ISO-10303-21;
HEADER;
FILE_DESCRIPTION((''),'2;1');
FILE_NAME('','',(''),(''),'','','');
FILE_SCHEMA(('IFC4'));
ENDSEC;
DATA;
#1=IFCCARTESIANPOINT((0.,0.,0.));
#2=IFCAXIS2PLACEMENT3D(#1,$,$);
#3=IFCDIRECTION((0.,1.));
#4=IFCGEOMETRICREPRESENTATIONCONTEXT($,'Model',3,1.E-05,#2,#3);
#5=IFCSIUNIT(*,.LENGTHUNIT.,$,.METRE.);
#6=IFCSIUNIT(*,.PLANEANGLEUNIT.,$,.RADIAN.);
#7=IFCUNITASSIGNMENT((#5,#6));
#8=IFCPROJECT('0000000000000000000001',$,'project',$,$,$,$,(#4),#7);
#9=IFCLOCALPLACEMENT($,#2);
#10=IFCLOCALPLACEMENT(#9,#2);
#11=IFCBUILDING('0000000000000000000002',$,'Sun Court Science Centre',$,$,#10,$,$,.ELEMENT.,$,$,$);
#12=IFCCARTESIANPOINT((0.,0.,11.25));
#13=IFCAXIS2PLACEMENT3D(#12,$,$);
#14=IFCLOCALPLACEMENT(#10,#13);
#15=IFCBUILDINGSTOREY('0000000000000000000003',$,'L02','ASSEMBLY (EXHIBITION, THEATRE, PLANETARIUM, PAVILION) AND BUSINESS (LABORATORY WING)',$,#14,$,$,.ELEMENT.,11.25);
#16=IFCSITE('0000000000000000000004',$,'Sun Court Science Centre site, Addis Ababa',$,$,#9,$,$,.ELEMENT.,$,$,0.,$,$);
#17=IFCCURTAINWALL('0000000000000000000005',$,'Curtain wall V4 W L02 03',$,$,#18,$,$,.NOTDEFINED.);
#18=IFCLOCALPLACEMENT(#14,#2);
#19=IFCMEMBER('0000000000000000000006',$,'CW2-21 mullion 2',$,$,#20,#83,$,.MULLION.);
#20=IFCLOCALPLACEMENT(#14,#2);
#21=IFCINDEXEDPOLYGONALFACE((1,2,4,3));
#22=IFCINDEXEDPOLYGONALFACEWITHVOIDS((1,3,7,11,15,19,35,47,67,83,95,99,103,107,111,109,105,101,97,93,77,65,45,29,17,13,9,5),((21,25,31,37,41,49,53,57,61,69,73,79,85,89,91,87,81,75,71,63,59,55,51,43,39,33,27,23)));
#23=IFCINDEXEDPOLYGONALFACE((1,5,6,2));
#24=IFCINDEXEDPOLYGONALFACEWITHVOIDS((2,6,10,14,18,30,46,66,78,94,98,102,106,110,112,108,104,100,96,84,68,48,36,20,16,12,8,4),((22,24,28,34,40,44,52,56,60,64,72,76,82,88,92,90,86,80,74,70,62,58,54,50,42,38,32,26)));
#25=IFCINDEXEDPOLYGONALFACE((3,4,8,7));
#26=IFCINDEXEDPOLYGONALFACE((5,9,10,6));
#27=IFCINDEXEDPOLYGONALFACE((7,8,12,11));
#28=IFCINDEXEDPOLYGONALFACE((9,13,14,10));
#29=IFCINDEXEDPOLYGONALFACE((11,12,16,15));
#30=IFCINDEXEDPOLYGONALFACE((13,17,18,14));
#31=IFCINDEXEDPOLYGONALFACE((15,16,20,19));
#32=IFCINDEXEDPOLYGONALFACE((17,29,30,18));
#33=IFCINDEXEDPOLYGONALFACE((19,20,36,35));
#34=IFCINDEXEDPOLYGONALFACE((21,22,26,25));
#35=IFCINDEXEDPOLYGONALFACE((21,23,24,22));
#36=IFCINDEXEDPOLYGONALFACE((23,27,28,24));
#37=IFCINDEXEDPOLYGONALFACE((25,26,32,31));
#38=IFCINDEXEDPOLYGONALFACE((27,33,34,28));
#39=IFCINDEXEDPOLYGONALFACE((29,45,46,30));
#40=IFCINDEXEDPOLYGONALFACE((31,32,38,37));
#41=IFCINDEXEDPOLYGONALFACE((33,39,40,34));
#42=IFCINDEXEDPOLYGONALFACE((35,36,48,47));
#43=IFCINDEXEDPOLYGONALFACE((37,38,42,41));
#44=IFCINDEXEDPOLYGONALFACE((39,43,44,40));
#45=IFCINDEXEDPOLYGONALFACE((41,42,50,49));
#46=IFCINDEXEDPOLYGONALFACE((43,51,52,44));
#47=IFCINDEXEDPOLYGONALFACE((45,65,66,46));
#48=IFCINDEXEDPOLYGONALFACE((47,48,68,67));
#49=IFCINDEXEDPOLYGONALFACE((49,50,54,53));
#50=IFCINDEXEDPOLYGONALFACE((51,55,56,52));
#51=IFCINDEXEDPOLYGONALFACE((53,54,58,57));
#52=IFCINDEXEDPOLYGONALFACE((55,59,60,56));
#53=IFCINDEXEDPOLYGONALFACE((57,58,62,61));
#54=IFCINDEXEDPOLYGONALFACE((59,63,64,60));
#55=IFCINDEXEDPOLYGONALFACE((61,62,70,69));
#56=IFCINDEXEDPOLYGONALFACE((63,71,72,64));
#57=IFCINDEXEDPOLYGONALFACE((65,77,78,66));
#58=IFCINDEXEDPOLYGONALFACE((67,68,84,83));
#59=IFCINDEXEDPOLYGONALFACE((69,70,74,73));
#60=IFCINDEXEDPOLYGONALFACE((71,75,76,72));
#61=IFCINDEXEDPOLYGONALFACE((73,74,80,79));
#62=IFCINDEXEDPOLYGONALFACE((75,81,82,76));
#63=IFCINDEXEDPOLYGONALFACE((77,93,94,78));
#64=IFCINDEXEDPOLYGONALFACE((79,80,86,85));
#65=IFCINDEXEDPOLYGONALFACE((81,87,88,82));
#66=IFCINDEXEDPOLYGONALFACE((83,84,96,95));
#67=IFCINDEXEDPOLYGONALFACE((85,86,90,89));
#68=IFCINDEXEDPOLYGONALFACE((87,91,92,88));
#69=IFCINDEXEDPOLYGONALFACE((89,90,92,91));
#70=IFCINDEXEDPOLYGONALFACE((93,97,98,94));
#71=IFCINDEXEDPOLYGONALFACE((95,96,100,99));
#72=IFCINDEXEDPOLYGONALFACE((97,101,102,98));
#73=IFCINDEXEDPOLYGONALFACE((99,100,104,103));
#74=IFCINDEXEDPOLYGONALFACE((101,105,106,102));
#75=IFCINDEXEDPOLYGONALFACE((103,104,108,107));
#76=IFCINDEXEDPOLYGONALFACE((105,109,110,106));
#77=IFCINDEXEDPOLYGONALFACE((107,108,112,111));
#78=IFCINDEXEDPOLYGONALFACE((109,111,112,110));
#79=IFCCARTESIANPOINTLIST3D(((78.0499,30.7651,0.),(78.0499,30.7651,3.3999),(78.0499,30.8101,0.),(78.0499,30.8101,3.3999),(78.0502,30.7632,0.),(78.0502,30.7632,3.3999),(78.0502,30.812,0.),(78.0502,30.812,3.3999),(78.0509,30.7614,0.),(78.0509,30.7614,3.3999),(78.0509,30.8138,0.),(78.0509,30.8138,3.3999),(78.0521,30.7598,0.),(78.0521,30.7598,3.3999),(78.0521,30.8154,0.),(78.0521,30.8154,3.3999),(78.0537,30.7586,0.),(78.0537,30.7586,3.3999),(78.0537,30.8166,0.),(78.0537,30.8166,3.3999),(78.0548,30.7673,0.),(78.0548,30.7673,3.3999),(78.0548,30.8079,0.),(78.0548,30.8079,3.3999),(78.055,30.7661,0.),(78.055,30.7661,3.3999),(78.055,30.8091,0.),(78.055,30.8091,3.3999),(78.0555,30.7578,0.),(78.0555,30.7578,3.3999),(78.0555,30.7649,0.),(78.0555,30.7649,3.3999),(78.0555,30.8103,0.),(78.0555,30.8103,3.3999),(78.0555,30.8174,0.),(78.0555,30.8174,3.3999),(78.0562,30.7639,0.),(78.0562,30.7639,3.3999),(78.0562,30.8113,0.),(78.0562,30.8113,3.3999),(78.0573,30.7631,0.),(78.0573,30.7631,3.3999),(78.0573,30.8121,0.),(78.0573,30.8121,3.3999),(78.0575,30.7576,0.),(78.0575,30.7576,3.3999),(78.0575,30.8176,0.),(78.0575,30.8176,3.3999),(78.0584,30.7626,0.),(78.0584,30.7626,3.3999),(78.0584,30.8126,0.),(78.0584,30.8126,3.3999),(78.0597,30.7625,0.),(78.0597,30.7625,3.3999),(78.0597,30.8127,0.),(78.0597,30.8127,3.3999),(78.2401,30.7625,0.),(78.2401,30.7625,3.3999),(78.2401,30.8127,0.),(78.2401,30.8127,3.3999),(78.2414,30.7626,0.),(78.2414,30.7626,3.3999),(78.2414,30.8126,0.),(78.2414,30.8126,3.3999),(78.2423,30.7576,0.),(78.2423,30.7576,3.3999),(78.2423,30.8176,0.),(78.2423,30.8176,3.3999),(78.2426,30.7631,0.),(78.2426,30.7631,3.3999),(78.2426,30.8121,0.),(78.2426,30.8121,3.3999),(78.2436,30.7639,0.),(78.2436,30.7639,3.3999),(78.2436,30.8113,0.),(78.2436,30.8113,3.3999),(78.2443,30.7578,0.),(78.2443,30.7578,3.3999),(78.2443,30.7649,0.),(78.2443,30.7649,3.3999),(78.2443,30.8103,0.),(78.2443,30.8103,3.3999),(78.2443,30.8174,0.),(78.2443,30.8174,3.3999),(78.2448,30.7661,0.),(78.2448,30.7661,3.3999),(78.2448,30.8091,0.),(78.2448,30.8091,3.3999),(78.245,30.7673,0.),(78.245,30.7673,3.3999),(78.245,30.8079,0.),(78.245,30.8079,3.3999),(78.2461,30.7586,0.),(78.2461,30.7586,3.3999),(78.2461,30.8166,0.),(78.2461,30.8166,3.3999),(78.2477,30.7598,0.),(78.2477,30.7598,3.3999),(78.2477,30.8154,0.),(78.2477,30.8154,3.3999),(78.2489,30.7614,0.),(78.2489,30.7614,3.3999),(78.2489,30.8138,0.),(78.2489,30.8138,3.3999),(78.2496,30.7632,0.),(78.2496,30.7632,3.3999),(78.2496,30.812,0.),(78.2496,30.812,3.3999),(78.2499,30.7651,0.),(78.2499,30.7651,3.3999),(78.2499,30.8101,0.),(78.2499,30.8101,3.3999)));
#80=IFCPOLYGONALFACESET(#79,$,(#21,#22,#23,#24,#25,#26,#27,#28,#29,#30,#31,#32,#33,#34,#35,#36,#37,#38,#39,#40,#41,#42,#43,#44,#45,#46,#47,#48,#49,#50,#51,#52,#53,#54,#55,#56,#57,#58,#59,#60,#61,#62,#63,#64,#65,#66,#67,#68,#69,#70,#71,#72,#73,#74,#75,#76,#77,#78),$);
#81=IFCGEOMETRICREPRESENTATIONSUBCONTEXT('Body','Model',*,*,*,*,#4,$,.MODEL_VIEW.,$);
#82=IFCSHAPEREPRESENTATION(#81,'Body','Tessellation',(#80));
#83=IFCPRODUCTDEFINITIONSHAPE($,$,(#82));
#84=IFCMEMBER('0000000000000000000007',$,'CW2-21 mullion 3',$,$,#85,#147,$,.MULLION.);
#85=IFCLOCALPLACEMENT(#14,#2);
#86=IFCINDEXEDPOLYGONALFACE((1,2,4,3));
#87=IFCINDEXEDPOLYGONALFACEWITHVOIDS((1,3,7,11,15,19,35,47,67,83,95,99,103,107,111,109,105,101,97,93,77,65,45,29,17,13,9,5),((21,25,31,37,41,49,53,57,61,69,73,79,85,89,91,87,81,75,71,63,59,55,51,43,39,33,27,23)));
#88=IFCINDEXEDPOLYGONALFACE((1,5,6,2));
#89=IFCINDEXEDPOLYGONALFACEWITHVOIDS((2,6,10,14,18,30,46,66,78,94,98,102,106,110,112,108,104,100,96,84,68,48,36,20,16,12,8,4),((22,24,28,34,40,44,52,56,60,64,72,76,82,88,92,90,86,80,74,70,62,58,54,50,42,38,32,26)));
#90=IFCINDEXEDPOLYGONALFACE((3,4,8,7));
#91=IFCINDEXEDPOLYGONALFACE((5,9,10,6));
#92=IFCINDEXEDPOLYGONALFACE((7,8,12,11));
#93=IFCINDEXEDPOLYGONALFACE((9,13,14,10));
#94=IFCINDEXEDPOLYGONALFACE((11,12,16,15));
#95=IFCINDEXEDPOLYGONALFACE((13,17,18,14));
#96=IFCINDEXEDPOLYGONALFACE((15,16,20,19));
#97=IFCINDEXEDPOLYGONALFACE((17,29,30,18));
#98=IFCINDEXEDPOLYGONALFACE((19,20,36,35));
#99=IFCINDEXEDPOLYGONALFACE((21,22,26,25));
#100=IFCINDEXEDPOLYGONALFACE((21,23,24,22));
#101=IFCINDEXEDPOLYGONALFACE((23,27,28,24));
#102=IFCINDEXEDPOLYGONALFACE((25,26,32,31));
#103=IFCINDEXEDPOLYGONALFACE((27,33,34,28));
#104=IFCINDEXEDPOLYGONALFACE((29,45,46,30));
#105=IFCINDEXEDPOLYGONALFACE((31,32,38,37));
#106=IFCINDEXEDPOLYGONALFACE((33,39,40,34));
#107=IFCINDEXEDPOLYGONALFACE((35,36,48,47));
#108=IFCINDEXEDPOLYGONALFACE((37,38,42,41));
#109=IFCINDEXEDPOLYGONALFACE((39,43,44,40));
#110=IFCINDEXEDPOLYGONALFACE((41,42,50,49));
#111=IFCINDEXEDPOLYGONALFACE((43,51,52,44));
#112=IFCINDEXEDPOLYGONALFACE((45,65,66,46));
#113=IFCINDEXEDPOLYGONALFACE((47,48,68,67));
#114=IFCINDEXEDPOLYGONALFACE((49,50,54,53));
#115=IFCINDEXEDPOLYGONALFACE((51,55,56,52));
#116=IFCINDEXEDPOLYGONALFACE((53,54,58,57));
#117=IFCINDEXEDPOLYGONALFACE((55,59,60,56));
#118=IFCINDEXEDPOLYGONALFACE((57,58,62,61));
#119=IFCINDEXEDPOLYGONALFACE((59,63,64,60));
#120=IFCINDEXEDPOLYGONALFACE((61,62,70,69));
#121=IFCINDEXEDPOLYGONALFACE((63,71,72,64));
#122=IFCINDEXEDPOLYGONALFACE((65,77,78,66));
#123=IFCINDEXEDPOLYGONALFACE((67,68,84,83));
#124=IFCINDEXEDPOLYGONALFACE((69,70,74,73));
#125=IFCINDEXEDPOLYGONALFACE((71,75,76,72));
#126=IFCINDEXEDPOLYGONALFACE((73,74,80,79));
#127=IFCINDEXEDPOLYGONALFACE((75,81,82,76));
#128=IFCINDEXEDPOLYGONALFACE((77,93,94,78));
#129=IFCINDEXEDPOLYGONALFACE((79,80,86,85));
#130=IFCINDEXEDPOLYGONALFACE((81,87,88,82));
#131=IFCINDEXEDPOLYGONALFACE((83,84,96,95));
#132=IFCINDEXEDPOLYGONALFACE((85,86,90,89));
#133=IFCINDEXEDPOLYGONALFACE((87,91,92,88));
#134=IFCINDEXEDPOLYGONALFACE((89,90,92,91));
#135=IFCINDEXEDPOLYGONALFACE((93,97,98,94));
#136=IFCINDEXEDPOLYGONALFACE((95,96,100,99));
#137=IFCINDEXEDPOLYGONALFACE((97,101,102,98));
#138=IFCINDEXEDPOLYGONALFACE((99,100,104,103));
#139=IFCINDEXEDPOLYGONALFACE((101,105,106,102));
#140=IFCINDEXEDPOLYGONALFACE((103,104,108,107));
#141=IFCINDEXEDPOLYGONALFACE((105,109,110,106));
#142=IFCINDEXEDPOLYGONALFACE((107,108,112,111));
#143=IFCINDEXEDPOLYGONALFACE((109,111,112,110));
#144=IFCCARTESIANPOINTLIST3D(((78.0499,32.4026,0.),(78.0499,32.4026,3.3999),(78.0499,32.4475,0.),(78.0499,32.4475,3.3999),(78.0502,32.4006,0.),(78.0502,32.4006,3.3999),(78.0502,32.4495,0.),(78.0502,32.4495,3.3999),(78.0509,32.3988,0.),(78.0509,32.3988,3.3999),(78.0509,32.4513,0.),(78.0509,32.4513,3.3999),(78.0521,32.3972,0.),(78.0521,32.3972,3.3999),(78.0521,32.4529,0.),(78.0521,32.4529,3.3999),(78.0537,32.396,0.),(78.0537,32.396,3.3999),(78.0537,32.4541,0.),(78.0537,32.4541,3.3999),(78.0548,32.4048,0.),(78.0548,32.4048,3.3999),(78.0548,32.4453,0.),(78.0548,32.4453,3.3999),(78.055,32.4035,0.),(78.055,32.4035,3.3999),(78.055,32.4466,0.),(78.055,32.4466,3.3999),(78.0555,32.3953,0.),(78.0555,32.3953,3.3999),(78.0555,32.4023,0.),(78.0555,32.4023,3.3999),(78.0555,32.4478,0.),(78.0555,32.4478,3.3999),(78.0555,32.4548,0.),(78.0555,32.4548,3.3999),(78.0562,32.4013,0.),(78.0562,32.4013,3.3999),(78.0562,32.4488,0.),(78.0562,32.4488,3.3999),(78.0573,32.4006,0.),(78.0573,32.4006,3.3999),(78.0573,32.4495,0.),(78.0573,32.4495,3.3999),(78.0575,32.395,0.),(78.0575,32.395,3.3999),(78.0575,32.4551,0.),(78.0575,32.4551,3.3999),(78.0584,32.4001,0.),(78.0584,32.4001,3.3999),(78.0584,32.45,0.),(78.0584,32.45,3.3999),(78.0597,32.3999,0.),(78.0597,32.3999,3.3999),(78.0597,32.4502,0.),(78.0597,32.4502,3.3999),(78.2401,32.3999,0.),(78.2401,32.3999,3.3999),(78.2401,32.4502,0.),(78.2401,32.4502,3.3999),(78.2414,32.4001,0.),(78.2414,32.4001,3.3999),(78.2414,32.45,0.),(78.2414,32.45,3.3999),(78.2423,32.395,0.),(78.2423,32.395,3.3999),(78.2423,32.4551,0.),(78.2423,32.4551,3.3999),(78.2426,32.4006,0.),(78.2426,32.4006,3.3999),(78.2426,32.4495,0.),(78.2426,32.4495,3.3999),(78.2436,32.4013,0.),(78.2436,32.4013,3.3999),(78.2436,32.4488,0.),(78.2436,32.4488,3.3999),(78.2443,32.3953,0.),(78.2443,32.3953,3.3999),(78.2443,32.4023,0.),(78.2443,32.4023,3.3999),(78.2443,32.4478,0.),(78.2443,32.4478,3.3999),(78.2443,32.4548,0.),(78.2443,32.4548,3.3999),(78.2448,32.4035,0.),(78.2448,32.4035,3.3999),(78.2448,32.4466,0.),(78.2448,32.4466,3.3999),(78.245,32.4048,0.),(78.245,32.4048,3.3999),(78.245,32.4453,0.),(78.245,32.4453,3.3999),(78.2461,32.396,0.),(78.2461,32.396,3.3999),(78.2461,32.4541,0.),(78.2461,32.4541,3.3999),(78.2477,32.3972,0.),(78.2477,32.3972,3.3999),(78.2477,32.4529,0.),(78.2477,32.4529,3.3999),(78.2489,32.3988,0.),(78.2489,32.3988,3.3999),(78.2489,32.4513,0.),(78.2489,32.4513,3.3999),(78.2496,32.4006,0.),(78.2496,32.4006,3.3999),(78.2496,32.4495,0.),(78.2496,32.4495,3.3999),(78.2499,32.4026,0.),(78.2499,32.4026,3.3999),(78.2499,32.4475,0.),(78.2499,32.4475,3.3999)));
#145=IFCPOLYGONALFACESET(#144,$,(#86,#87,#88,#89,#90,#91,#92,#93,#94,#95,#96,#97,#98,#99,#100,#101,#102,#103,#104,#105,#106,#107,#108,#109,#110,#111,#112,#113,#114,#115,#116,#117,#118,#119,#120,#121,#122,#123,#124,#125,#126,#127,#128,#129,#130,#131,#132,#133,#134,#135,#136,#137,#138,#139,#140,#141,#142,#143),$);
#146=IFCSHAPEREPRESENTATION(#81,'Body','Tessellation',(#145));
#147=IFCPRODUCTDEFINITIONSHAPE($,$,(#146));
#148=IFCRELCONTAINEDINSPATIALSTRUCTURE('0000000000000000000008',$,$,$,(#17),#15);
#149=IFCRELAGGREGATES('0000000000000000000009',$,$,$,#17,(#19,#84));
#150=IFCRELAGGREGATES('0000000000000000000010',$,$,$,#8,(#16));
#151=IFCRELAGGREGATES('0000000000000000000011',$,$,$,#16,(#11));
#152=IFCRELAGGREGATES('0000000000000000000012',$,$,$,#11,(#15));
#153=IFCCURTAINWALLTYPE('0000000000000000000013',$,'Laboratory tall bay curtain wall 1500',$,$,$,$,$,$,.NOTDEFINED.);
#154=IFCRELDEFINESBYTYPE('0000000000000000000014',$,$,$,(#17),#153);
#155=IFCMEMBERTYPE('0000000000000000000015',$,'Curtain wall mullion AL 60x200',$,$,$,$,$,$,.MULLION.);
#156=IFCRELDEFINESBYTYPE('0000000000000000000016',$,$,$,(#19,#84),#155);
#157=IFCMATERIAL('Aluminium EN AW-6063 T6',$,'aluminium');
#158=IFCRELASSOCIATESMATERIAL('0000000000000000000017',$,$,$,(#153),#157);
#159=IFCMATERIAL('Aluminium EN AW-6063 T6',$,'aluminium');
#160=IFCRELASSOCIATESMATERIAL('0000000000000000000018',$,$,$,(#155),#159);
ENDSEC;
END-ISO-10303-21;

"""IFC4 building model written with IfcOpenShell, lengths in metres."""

from ifc_helpers import new_model, si_unit, direction, frame, origin, origin_2d, place, context, subcontext, project, spatial, hollow_rectangle, extrude, material, material_profile, profile_set, type_object, element, aggregate, save


model = new_model("IFC4")

# Units and contexts
model_context = context("Model", 3, precision=1e-05, world=origin(), true_north=direction((0.0, 1.0)))
body_context = subcontext(model_context, "Body", "Model", "MODEL_VIEW")
ifc_project = project(units=[si_unit("LENGTHUNIT", "METRE"), si_unit("PLANEANGLEUNIT", "RADIAN")], contexts=[model_context])

# Site, building, storey
site_placement = place(None, origin())
site = spatial("IfcSite", under=ifc_project, at=site_placement, Name="Sun Court Science Centre site, Addis Ababa", CompositionType="ELEMENT", RefElevation=0.0)
building_placement = place(site_placement, origin())
building = spatial("IfcBuilding", under=site, at=building_placement, Name="Sun Court Science Centre", CompositionType="ELEMENT")
storey_placement = place(building_placement, frame((0.0, 0.0, 11.25)))
storey = spatial("IfcBuildingStorey", under=building, at=storey_placement, Name="L02", Description="ASSEMBLY (EXHIBITION, THEATRE, PLANETARIUM, PAVILION) AND BUSINESS (LABORATORY WING)", CompositionType="ELEMENT", Elevation=11.25)

# Curtain wall, members
ifc_material_1 = material(Name="Aluminium EN AW-6063 T6", Category="aluminium")
curtain_wall_type = type_object("IfcCurtainWallType", Name="Laboratory tall bay curtain wall 1500", PredefinedType="NOTDEFINED", material=ifc_material_1)
ifc_material_2 = material(Name="Aluminium EN AW-6063 T6", Category="aluminium")
ifc_material_profile_1 = material_profile(ifc_material_2, hollow_rectangle(XDim=0.0601, YDim=0.2, WallThickness=0.0049, InnerFilletRadius=0.0049, OuterFilletRadius=0.0076, at=origin_2d()), Name="AL 60x200x5")
ifc_profile_set_1 = profile_set([ifc_material_profile_1], Name="Aluminium EN AW-6063 T6")
member_type_1 = type_object("IfcMemberType", Name="Curtain wall mullion AL 60x200", PredefinedType="MULLION", material=ifc_profile_set_1)
curtain_wall_1_placement = place(storey_placement, origin())
curtain_wall_1 = element("IfcCurtainWall", 1, at=curtain_wall_1_placement, inside=storey, type_object=curtain_wall_type, Name="Curtain wall V4 W L02 03", PredefinedType="NOTDEFINED")
member_1_placement = place(storey_placement, frame((78.1499, 30.7876, 0.0), z_axis=(0.0, 0.0, 1.0), x_axis=(0.0, 1.0, 0.0)))
member_1 = element("IfcMember", 2, at=member_1_placement, type_object=member_type_1, Name="CW2-21 mullion 2", PredefinedType="MULLION", context=body_context, shape_type="SweptSolid", body=[
    extrude(hollow_rectangle(XDim=0.0601, YDim=0.2, WallThickness=0.0049, InnerFilletRadius=0.0049, OuterFilletRadius=0.0076, at=origin_2d()), origin(), (0.0, 0.0, 1.0), 3.3999),
])
member_2_placement = place(storey_placement, frame((78.1499, 32.425, 0.0), z_axis=(0.0, 0.0, 1.0), x_axis=(0.0, 1.0, 0.0)))
member_2 = element("IfcMember", 3, at=member_2_placement, type_object=member_type_1, Name="CW2-21 mullion 3", PredefinedType="MULLION", context=body_context, shape_type="SweptSolid", body=[
    extrude(hollow_rectangle(XDim=0.0601, YDim=0.2, WallThickness=0.0049, InnerFilletRadius=0.0049, OuterFilletRadius=0.0076, at=origin_2d()), origin(), (0.0, 0.0, 1.0), 3.3999),
])

aggregate(curtain_wall_1, [member_1, member_2])

save(model, "model.ifc")
